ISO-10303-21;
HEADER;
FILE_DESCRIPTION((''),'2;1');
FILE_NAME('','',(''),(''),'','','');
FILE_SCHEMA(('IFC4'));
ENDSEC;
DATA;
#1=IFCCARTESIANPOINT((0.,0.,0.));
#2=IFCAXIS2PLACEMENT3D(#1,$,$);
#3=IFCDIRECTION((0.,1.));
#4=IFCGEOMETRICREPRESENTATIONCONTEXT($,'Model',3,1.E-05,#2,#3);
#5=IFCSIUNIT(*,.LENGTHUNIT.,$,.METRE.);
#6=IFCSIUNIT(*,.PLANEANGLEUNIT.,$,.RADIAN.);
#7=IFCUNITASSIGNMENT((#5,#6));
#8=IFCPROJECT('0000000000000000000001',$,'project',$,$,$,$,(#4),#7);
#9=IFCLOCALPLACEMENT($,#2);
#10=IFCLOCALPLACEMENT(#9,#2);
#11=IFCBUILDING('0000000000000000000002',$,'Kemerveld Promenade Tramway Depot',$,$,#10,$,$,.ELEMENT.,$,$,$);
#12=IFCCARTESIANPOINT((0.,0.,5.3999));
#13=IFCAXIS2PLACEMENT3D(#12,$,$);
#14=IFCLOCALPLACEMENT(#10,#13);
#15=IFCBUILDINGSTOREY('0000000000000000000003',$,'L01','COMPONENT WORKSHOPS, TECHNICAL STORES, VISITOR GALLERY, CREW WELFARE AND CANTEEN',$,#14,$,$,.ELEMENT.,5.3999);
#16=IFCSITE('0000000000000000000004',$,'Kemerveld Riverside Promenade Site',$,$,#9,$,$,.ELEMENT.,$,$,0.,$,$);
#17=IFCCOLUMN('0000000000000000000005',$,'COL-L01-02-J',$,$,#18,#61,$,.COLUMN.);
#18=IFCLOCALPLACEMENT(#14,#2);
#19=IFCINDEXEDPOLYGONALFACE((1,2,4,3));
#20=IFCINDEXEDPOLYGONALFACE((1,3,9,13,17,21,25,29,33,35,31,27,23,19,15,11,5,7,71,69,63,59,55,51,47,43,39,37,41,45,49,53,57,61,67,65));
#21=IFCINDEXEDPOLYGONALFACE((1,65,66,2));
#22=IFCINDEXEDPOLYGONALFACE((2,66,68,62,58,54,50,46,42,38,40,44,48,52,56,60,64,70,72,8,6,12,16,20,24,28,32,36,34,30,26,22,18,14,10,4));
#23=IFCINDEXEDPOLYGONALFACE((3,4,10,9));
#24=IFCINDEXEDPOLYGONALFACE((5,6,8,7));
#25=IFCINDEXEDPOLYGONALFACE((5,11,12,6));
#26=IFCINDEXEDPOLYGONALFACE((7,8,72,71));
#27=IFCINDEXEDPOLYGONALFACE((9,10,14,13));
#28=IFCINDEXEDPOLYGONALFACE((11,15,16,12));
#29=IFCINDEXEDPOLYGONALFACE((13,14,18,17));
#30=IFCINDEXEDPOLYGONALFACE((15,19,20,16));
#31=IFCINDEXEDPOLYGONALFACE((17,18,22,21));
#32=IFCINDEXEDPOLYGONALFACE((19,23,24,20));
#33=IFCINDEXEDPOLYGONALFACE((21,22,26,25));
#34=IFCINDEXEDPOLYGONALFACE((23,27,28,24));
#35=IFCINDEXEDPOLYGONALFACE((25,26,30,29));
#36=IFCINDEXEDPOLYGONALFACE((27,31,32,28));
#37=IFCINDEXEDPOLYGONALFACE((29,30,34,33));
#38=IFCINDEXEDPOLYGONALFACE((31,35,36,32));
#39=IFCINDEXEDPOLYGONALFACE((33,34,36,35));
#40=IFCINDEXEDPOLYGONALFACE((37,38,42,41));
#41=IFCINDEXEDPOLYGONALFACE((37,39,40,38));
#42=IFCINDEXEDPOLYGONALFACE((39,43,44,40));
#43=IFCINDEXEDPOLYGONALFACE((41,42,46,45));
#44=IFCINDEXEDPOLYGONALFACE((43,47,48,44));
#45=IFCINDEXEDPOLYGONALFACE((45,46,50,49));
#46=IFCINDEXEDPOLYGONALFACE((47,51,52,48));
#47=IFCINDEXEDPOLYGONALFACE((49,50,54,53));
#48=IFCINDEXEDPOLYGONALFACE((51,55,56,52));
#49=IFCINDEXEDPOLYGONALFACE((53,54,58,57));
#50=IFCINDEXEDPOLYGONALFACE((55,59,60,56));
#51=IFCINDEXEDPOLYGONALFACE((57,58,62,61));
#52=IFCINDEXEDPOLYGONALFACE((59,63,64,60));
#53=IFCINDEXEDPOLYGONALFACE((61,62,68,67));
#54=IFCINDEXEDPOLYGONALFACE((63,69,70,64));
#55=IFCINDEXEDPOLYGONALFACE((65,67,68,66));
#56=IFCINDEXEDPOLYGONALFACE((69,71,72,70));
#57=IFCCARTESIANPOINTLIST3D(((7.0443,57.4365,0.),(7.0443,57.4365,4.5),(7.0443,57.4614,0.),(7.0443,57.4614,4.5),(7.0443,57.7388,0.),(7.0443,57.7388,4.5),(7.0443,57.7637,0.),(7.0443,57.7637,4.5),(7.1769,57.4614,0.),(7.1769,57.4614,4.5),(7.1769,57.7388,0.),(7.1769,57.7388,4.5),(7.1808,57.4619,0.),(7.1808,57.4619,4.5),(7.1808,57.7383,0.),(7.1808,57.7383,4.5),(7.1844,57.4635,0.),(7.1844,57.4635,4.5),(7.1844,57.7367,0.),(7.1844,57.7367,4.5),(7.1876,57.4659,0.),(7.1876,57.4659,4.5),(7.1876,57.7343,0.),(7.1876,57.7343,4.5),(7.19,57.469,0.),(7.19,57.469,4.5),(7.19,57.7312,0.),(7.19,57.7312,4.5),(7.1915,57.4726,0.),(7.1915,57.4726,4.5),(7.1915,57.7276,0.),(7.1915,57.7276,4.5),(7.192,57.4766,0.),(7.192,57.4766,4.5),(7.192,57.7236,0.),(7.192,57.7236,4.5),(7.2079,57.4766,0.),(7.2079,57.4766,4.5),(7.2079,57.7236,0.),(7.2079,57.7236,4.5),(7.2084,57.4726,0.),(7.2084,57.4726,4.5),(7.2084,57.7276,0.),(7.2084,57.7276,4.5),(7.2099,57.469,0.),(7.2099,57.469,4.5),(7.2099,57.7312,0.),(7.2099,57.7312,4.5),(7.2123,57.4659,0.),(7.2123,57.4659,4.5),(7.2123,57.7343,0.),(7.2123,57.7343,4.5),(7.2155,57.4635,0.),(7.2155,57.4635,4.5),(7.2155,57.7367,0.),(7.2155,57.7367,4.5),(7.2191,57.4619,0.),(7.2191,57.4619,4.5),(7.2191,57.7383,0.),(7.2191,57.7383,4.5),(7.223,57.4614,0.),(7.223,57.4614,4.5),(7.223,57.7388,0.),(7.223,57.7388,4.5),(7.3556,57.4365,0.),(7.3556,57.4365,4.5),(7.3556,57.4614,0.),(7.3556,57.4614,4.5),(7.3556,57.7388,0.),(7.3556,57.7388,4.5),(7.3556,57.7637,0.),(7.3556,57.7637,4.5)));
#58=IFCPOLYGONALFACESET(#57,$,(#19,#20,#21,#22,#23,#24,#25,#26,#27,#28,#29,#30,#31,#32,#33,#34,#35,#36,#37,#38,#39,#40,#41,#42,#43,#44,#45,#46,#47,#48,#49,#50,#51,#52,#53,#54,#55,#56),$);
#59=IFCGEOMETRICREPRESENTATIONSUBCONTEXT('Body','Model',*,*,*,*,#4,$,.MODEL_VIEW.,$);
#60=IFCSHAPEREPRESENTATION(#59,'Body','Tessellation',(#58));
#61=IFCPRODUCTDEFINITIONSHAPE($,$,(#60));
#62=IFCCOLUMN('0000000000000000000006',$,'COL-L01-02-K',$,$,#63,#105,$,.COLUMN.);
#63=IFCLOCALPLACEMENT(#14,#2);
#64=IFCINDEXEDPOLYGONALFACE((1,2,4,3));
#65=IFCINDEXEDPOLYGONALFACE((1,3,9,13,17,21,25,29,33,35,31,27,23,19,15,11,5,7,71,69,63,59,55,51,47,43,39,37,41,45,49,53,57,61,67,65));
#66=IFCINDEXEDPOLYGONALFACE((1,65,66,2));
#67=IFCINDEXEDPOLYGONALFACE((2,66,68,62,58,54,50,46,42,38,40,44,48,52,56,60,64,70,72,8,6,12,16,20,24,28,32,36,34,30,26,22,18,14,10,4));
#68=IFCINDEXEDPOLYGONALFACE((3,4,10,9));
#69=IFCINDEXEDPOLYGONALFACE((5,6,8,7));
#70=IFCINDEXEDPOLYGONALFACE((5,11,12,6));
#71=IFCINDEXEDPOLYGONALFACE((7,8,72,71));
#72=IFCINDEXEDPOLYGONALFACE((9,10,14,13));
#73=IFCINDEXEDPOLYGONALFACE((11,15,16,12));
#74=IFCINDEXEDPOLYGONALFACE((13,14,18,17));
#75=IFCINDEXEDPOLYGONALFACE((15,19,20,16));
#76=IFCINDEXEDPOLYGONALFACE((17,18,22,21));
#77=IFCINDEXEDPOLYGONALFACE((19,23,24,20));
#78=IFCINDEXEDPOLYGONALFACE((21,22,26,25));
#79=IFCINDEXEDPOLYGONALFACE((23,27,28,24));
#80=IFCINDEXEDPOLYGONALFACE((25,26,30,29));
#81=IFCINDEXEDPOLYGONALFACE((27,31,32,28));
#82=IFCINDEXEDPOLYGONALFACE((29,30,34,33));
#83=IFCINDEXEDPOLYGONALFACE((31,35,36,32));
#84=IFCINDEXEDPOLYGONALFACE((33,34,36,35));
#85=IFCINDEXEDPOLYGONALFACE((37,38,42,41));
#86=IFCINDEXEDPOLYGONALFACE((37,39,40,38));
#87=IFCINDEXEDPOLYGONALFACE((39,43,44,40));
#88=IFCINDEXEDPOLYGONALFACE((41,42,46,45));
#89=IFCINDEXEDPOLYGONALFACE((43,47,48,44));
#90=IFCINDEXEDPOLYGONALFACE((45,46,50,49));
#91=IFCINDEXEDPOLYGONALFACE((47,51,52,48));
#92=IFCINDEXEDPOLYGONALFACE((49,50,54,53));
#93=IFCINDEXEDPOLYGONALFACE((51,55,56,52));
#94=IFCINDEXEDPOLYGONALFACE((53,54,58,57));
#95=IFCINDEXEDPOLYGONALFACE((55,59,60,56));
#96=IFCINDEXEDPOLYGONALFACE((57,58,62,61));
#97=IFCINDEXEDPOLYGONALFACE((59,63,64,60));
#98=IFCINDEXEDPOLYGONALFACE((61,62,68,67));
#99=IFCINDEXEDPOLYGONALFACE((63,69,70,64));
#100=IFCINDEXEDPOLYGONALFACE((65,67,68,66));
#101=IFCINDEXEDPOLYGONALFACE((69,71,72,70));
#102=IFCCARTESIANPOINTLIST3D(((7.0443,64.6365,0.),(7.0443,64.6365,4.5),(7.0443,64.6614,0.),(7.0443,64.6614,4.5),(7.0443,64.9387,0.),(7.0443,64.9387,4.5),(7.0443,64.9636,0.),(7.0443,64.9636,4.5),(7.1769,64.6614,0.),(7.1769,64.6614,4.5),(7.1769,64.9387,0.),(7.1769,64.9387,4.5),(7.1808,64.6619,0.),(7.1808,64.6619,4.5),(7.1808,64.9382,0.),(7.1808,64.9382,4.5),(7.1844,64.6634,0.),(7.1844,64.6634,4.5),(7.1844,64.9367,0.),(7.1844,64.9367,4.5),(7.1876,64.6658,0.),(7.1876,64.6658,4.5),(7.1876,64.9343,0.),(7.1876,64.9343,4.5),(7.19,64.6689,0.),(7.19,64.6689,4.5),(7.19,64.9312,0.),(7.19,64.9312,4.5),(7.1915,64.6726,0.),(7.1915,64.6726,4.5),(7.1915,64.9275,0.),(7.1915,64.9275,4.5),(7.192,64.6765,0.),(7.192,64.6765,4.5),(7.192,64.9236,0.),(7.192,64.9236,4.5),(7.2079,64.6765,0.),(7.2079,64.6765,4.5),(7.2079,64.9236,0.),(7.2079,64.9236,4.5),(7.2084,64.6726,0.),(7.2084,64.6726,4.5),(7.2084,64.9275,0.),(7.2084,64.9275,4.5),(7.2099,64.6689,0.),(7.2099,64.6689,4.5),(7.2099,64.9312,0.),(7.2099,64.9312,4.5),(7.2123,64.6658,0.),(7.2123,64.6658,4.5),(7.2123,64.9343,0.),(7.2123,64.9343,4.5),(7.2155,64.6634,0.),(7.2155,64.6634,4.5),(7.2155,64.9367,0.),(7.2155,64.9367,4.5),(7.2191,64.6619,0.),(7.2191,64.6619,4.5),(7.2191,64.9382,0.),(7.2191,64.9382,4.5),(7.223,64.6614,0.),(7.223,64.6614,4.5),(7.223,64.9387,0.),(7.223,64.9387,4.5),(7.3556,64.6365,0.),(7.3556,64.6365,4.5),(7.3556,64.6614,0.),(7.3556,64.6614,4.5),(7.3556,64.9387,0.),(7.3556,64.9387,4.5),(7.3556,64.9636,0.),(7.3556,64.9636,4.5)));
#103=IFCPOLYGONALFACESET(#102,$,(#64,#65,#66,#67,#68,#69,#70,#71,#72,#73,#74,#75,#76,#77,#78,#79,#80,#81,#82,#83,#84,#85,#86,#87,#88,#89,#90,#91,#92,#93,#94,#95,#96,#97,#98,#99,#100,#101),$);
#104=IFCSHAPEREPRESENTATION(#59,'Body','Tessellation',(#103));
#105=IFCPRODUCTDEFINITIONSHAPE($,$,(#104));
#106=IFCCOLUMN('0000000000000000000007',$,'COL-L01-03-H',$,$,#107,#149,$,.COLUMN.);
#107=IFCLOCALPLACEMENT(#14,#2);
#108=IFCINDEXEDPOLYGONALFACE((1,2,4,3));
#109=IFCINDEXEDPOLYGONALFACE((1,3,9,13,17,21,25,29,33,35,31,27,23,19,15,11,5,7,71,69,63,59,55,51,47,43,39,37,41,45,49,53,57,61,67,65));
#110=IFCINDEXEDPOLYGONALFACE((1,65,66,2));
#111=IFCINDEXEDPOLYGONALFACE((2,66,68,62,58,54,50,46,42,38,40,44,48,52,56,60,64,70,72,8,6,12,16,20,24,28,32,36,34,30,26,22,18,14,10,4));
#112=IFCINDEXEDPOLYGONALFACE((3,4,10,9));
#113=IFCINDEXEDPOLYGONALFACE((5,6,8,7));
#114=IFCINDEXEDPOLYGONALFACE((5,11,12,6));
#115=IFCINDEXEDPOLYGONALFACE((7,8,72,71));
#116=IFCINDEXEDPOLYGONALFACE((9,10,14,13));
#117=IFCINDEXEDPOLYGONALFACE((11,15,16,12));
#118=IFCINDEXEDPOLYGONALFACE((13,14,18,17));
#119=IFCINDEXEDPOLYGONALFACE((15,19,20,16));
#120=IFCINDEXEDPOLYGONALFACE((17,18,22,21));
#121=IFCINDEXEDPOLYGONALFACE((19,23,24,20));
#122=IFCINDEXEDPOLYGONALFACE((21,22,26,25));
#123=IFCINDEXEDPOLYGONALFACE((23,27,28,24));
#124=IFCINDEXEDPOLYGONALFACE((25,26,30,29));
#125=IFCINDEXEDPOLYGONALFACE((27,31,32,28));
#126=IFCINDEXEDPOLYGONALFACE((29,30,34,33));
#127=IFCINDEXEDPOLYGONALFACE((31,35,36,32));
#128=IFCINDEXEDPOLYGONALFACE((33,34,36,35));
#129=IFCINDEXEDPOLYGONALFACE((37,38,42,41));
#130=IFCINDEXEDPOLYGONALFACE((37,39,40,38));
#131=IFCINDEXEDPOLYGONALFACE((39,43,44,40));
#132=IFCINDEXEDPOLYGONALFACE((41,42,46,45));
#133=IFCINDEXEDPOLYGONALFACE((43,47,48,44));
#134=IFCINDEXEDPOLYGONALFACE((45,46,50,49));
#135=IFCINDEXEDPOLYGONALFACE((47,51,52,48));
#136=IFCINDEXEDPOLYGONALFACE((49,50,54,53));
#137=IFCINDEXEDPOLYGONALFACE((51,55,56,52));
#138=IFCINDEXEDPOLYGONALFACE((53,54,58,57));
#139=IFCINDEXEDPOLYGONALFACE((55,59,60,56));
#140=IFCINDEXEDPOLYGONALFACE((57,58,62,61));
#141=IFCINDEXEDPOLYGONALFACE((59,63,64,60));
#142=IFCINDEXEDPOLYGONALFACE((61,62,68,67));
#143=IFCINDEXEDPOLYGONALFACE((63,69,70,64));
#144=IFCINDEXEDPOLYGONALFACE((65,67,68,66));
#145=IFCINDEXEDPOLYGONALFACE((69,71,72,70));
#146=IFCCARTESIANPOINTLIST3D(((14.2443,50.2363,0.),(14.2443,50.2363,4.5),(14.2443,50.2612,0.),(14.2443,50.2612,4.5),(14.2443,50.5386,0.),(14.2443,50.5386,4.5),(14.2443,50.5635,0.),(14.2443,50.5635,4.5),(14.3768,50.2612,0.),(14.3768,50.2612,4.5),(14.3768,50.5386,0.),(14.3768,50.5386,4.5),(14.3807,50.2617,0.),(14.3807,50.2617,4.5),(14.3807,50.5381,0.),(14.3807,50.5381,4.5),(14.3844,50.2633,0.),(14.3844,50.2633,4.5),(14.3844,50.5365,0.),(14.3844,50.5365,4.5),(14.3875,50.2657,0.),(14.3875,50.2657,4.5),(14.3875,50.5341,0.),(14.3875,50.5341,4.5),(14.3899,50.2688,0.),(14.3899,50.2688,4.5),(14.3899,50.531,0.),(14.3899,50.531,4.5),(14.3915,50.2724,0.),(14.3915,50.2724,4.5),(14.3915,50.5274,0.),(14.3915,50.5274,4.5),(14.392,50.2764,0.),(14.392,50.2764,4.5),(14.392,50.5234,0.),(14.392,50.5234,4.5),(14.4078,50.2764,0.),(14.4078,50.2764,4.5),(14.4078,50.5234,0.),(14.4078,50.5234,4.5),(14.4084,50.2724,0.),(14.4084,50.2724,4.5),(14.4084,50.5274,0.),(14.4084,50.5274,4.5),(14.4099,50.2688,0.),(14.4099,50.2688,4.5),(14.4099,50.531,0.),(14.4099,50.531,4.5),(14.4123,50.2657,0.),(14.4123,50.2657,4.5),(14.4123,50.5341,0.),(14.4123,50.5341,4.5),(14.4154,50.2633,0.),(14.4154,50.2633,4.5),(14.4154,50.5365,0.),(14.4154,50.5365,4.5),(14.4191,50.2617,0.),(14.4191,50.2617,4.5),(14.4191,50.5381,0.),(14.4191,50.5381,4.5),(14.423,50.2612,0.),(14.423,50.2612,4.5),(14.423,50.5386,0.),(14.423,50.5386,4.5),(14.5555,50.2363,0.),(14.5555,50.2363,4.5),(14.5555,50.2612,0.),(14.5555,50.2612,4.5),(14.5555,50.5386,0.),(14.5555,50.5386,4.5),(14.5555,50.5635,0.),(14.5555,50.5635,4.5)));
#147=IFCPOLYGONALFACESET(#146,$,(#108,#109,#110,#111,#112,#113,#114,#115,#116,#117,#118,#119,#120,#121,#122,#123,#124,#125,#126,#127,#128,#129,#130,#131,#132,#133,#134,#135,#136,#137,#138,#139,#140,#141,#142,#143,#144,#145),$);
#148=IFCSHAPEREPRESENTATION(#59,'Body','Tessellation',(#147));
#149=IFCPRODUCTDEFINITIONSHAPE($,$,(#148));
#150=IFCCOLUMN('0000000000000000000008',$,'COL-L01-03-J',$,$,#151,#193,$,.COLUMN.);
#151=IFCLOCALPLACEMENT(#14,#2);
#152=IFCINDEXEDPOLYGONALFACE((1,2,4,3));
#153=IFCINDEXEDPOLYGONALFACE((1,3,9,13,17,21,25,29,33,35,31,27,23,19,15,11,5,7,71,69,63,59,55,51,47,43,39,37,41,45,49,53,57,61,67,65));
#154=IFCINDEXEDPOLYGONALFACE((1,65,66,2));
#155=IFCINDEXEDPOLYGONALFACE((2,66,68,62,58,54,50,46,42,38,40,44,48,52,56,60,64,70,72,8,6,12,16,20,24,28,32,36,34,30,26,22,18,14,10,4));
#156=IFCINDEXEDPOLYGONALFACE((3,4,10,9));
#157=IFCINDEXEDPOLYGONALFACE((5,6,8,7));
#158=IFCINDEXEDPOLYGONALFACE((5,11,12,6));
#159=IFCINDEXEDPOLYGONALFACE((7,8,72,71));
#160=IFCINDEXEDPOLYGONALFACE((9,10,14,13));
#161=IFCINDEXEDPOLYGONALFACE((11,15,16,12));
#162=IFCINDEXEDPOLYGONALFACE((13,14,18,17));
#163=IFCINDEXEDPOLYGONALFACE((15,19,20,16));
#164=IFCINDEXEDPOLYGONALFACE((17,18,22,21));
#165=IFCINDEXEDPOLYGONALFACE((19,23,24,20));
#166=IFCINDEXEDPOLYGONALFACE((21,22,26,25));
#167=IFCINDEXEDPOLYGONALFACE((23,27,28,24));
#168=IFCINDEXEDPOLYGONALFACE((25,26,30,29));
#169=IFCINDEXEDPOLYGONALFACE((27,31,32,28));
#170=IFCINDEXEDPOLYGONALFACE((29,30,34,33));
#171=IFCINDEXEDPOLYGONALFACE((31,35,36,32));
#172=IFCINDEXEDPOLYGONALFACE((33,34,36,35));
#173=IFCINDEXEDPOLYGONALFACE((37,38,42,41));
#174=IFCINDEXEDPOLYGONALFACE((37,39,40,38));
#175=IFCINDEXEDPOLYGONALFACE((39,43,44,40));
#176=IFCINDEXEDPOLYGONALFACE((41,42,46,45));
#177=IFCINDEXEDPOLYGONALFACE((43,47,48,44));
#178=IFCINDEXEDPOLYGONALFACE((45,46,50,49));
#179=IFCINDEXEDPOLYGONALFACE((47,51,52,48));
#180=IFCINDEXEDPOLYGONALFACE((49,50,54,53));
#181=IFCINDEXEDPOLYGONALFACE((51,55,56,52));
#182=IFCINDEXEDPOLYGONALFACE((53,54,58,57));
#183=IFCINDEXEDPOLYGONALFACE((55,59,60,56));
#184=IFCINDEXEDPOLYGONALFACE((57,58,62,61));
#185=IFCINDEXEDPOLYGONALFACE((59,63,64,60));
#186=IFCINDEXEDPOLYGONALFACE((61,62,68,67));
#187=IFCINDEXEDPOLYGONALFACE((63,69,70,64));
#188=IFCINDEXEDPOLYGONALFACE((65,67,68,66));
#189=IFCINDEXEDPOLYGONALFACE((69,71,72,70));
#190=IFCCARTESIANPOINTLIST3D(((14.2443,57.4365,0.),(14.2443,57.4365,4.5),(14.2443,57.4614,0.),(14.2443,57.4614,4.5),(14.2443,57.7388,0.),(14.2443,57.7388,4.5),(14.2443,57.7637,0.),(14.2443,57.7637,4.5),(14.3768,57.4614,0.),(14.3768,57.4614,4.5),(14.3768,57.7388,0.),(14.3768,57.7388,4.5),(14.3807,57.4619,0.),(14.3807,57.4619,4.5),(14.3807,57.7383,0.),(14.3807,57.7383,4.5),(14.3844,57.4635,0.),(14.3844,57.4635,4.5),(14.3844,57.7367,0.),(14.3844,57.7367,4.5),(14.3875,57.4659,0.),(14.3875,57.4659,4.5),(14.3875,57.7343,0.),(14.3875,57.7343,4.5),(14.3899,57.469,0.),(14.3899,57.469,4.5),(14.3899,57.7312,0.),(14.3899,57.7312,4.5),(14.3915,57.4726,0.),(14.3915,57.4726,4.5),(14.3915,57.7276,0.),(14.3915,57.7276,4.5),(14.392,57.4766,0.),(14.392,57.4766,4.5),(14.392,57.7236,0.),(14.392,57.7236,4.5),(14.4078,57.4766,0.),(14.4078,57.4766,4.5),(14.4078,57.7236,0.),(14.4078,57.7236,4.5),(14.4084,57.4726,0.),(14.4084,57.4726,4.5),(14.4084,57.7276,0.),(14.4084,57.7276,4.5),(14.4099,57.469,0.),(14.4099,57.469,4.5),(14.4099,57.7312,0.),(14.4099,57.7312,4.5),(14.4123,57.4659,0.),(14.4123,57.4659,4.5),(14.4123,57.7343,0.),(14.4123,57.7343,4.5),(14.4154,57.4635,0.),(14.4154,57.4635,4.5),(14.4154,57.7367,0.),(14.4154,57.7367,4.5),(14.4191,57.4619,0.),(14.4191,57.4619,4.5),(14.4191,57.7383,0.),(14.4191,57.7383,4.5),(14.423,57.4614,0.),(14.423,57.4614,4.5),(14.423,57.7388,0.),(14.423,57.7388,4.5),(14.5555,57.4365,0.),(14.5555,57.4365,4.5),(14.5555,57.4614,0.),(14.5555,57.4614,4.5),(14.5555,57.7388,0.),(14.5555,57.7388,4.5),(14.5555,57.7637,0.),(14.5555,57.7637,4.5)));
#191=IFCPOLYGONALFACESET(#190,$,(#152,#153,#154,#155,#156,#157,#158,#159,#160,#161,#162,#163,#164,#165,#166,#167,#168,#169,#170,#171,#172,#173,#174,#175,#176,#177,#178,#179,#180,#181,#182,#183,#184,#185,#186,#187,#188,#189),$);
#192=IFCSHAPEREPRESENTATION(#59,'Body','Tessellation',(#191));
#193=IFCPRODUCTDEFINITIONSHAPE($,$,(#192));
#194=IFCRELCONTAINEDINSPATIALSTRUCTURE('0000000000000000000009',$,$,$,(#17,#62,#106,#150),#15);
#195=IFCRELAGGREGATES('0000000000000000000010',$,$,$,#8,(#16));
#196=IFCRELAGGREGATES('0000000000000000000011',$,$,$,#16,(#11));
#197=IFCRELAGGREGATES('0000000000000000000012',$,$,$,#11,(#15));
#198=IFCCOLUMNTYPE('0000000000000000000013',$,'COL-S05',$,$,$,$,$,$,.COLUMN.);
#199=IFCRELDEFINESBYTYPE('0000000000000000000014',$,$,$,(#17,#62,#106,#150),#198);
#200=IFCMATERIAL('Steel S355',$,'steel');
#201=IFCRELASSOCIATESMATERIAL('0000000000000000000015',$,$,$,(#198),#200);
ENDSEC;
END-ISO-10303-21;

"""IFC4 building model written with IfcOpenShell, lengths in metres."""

from ifc_helpers import new_model, si_unit, direction, frame, origin, origin_2d, place, context, subcontext, project, spatial, i_section, extrude, material, material_profile, profile_set, type_object, element, save


model = new_model("IFC4")

# Units and contexts
model_context = context("Model", 3, precision=1e-05, world=origin(), true_north=direction((0.0, 1.0)))
body_context = subcontext(model_context, "Body", "Model", "MODEL_VIEW")
ifc_project = project(units=[si_unit("LENGTHUNIT", "METRE"), si_unit("PLANEANGLEUNIT", "RADIAN")], contexts=[model_context])

# Site, building, storey
site_placement = place(None, origin())
site = spatial("IfcSite", under=ifc_project, at=site_placement, Name="Kemerveld Riverside Promenade Site", CompositionType="ELEMENT", RefElevation=0.0)
building_placement = place(site_placement, origin())
building = spatial("IfcBuilding", under=site, at=building_placement, Name="Kemerveld Promenade Tramway Depot", CompositionType="ELEMENT")
storey_placement = place(building_placement, frame((0.0, 0.0, 5.3999)))
storey = spatial("IfcBuildingStorey", under=building, at=storey_placement, Name="L01", Description="COMPONENT WORKSHOPS, TECHNICAL STORES, VISITOR GALLERY, CREW WELFARE AND CANTEEN", CompositionType="ELEMENT", Elevation=5.3999)

# Columns
ifc_material_1 = material(Name="Steel S355", Category="steel")
ifc_material_profile_1 = material_profile(ifc_material_1, i_section(OverallWidth=0.3113, OverallDepth=0.3271, WebThickness=0.0159, FlangeThickness=0.0249, FilletRadius=0.0151, at=origin_2d()), Name="305x305x158 UC")
ifc_profile_set_1 = profile_set([ifc_material_profile_1], Name="Steel S355")
column_type = type_object("IfcColumnType", Name="COL-S05", PredefinedType="COLUMN", material=ifc_profile_set_1)
for number, where, z_axis, x_axis, name in (
    (1, (7.2, 57.6001, 0.0), (0.0, 0.0, 1.0), (1.0, 0.0, 0.0), "COL-L01-02-J"),
    (2, (7.2, 64.8, 0.0), (0.0, 0.0, 1.0), (1.0, 0.0, 0.0), "COL-L01-02-K"),
    (3, (14.3999, 50.3999, 0.0), (0.0, 0.0, 1.0), (1.0, 0.0, 0.0), "COL-L01-03-H"),
    (4, (14.3999, 57.6001, 0.0), (0.0, 0.0, 1.0), (1.0, 0.0, 0.0), "COL-L01-03-J"),
):
    element("IfcColumn", number, at=place(storey_placement, frame(where, z_axis=z_axis, x_axis=x_axis)), inside=storey, type_object=column_type, Name=name, PredefinedType="COLUMN", context=body_context, shape_type="SweptSolid", body=[
        extrude(i_section(OverallWidth=0.3113, OverallDepth=0.3271, WebThickness=0.0159, FlangeThickness=0.0249, FilletRadius=0.0151, at=origin_2d()), origin(), (0.0, 0.0, 1.0), 4.5),
    ])

save(model, "model.ifc")
